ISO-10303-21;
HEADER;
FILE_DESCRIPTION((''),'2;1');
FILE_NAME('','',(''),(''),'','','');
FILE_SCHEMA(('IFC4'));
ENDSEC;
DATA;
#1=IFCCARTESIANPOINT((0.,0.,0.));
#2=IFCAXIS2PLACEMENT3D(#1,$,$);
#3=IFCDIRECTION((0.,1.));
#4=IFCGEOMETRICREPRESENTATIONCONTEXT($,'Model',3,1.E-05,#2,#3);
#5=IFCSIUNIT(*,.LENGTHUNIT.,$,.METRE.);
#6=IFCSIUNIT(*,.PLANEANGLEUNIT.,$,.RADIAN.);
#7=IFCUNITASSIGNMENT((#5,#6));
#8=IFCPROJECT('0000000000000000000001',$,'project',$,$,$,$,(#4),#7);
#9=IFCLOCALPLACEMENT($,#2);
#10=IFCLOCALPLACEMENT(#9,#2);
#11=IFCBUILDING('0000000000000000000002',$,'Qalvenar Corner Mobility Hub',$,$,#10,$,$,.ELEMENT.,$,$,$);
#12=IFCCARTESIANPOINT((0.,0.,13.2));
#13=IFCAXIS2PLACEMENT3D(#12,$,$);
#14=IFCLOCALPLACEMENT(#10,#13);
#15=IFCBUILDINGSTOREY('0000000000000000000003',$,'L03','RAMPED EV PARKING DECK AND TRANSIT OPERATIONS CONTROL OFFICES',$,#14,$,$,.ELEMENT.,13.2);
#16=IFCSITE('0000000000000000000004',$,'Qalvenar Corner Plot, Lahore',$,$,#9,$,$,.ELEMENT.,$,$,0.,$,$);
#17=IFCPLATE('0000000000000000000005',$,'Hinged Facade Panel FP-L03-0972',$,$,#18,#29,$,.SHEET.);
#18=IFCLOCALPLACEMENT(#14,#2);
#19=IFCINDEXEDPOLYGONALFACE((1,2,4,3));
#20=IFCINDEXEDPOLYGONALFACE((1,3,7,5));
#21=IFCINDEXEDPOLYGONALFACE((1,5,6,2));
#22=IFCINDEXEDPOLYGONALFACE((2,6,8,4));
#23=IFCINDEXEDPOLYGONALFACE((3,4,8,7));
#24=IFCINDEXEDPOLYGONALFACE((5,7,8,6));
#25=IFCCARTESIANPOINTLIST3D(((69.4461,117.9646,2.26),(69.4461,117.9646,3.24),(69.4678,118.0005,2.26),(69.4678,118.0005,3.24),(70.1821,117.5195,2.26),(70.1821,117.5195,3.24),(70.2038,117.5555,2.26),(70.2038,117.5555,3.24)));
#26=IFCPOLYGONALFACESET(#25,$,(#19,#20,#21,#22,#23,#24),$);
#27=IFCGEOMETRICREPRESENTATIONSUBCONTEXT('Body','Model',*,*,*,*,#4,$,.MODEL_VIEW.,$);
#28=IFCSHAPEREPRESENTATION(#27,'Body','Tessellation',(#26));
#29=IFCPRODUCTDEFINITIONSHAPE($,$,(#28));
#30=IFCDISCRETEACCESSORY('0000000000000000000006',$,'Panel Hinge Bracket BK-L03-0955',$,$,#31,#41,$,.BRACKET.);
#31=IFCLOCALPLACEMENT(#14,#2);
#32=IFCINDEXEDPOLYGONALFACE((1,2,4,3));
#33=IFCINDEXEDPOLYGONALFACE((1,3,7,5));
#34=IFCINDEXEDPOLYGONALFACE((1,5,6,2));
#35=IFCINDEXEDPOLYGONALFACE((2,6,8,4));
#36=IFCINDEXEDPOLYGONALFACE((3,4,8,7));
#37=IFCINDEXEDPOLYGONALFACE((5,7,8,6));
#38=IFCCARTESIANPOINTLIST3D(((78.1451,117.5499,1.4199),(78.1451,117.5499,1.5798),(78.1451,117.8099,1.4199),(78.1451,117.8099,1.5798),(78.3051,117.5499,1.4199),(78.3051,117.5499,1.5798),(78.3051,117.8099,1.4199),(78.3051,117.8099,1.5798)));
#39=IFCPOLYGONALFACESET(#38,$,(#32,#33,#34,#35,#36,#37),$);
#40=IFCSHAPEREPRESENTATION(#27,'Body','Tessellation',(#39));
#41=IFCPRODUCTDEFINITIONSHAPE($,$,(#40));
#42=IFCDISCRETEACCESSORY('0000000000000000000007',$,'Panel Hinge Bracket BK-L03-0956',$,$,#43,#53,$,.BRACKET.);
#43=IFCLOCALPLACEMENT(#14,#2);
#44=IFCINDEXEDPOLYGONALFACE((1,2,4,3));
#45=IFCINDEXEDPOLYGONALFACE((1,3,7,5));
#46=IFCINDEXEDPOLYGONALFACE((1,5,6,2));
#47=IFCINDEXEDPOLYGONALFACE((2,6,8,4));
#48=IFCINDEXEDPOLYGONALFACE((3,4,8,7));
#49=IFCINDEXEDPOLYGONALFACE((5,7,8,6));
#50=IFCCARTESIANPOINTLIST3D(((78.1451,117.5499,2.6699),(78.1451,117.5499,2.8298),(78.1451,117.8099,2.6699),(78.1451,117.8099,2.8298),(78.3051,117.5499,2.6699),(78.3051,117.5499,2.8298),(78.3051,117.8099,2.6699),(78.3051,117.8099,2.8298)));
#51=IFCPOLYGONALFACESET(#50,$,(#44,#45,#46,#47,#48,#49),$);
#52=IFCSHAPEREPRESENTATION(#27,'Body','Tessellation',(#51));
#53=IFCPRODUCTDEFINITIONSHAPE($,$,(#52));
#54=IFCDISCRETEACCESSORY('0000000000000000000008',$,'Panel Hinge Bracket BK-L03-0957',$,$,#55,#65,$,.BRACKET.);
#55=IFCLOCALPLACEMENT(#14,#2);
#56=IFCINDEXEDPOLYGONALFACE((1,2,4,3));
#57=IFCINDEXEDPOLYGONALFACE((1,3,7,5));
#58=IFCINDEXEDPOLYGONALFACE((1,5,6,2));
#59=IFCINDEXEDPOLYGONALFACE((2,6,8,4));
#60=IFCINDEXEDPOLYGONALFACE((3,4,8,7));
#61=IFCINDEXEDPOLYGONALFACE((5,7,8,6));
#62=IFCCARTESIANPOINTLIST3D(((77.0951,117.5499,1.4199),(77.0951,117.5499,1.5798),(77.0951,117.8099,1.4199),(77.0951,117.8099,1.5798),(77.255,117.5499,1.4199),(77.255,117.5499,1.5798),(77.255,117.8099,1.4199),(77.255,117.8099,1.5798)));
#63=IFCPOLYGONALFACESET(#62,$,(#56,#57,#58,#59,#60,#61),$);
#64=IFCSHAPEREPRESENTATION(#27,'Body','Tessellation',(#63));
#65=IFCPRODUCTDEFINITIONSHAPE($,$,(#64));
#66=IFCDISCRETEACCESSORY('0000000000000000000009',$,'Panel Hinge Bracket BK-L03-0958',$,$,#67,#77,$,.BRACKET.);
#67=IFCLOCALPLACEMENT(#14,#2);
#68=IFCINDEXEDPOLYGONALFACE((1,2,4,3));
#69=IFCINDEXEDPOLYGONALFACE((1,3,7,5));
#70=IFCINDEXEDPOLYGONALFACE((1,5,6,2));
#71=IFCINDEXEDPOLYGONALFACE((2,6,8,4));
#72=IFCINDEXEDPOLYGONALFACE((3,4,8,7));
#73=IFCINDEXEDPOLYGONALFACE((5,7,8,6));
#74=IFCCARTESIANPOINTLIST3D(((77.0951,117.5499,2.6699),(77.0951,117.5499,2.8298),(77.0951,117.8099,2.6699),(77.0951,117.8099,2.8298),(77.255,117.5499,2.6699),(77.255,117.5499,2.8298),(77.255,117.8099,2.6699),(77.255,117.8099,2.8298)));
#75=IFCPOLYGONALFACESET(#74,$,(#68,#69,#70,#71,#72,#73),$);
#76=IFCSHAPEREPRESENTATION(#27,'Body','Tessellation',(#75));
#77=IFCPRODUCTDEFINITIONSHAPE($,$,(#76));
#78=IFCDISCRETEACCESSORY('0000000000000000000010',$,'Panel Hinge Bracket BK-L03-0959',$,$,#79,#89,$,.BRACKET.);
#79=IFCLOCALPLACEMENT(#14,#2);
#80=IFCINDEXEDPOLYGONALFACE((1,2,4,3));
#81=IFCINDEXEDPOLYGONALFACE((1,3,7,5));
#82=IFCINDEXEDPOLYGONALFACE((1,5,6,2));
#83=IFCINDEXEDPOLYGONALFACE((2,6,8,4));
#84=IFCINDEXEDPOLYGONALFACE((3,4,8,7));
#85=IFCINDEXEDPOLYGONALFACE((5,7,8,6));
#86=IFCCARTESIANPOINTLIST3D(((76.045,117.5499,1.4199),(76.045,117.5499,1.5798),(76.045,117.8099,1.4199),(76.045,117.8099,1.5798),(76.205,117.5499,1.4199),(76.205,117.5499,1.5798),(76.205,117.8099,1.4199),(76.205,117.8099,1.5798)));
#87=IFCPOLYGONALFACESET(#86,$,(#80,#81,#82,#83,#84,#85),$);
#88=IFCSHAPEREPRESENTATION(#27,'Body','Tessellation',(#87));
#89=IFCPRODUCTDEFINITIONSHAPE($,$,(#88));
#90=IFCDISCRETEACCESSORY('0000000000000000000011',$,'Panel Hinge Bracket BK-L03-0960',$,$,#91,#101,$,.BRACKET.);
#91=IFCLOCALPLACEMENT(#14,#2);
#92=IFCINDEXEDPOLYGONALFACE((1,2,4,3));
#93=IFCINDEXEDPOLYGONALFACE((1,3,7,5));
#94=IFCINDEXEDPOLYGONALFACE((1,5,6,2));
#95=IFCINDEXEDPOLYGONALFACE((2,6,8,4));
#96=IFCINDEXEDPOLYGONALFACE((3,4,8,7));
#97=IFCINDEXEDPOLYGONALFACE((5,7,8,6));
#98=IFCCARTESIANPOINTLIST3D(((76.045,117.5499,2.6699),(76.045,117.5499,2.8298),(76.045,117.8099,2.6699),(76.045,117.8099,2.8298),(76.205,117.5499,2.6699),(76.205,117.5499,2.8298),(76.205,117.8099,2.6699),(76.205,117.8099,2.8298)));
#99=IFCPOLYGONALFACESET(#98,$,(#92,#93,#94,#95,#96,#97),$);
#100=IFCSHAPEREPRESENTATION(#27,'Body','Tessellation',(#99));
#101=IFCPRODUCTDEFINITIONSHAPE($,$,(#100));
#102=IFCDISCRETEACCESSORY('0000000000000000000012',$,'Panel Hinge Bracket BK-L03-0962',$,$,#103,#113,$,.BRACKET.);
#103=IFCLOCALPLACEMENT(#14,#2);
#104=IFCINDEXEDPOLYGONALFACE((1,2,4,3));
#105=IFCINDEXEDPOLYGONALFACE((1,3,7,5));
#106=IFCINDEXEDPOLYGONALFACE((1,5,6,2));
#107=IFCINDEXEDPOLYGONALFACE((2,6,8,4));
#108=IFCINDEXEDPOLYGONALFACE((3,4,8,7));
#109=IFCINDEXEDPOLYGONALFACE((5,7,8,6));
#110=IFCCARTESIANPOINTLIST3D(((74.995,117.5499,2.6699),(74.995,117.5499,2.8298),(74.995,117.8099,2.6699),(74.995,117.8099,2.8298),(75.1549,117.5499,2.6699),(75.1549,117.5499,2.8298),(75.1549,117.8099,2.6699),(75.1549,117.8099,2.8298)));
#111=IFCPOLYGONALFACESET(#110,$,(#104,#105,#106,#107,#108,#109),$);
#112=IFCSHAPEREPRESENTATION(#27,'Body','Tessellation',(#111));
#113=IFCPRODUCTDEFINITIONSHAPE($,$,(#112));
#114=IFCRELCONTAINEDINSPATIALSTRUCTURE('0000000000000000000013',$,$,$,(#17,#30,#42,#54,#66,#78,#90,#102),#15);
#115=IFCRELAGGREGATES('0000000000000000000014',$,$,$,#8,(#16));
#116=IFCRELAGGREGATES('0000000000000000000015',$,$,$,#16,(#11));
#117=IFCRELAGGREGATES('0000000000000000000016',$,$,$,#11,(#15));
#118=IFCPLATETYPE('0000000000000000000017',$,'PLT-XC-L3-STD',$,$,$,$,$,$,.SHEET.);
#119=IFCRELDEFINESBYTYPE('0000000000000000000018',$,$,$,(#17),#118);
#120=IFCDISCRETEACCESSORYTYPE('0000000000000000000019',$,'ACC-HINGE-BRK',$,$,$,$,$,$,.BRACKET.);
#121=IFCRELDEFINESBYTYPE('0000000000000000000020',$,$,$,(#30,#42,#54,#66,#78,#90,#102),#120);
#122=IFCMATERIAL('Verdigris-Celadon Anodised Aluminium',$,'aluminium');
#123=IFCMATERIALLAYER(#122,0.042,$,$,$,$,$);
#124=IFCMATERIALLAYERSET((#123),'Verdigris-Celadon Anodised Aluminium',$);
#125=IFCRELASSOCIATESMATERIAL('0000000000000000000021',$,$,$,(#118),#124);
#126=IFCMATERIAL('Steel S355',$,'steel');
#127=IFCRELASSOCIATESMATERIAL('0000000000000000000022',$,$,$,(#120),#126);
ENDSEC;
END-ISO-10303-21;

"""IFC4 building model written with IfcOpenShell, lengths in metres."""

from ifc_helpers import new_model, si_unit, direction, frame, origin, origin_2d, place, context, subcontext, project, spatial, rectangle, extrude, material, layer, layer_set, type_object, element, save


model = new_model("IFC4")

# Units and contexts
model_context = context("Model", 3, precision=1e-05, world=origin(), true_north=direction((0.0, 1.0)))
body_context = subcontext(model_context, "Body", "Model", "MODEL_VIEW")
ifc_project = project(units=[si_unit("LENGTHUNIT", "METRE"), si_unit("PLANEANGLEUNIT", "RADIAN")], contexts=[model_context])

# Site, building, storey
site_placement = place(None, origin())
site = spatial("IfcSite", under=ifc_project, at=site_placement, Name="Qalvenar Corner Plot, Lahore", CompositionType="ELEMENT", RefElevation=0.0)
building_placement = place(site_placement, origin())
building = spatial("IfcBuilding", under=site, at=building_placement, Name="Qalvenar Corner Mobility Hub", CompositionType="ELEMENT")
storey_placement = place(building_placement, frame((0.0, 0.0, 13.2)))
storey = spatial("IfcBuildingStorey", under=building, at=storey_placement, Name="L03", Description="RAMPED EV PARKING DECK AND TRANSIT OPERATIONS CONTROL OFFICES", CompositionType="ELEMENT", Elevation=13.2)

# Plate
ifc_material_1 = material(Name="Verdigris-Celadon Anodised Aluminium", Category="aluminium")
ifc_layer_1 = layer(ifc_material_1, 0.042)
ifc_layer_set_1 = layer_set([ifc_layer_1], Name="Verdigris-Celadon Anodised Aluminium")
plate_type_1 = type_object("IfcPlateType", Name="PLT-XC-L3-STD", PredefinedType="SHEET", material=ifc_layer_set_1)
for number, where, z_axis, x_axis, name in (
    (1, (69.825, 117.76, 2.26), (0.0, 0.0, 1.0), (-0.855726, 0.51743, 0.0), "Hinged Facade Panel FP-L03-0972"),
):
    element("IfcPlate", number, at=place(storey_placement, frame(where, z_axis=z_axis, x_axis=x_axis)), inside=storey, type_object=plate_type_1, Name=name, PredefinedType="SHEET", context=body_context, shape_type="SweptSolid", body=[
        extrude(rectangle(XDim=0.8601, YDim=0.042, at=origin_2d()), origin(), (0.0, 0.0, 1.0), 0.98),
    ])

# Discrete accessories
ifc_material_2 = material(Name="Steel S355", Category="steel")
discrete_accessory_type = type_object("IfcDiscreteAccessoryType", Name="ACC-HINGE-BRK", PredefinedType="BRACKET", material=ifc_material_2)
for number, where, z_axis, x_axis, name in (
    (2, (78.2251, 117.6799, 1.4199), (0.0, 0.0, 1.0), (-1.0, 0.0, 0.0), "Panel Hinge Bracket BK-L03-0955"),
    (3, (78.2251, 117.6799, 2.6699), (0.0, 0.0, 1.0), (-1.0, 0.0, 0.0), "Panel Hinge Bracket BK-L03-0956"),
    (4, (77.175, 117.6799, 1.4199), (0.0, 0.0, 1.0), (-1.0, 0.0, 0.0), "Panel Hinge Bracket BK-L03-0957"),
    (5, (77.175, 117.6799, 2.6699), (0.0, 0.0, 1.0), (-1.0, 0.0, 0.0), "Panel Hinge Bracket BK-L03-0958"),
    (6, (76.125, 117.6799, 1.4199), (0.0, 0.0, 1.0), (-1.0, 0.0, 0.0), "Panel Hinge Bracket BK-L03-0959"),
    (7, (76.125, 117.6799, 2.6699), (0.0, 0.0, 1.0), (-1.0, 0.0, 0.0), "Panel Hinge Bracket BK-L03-0960"),
    (8, (75.075, 117.6799, 2.6699), (0.0, 0.0, 1.0), (-1.0, 0.0, 0.0), "Panel Hinge Bracket BK-L03-0962"),
):
    element("IfcDiscreteAccessory", number, at=place(storey_placement, frame(where, z_axis=z_axis, x_axis=x_axis)), inside=storey, type_object=discrete_accessory_type, Name=name, PredefinedType="BRACKET", context=body_context, shape_type="SweptSolid", body=[
        extrude(rectangle(XDim=0.1599, YDim=0.26, at=origin_2d()), origin(), (0.0, 0.0, 1.0), 0.1599),
    ])

save(model, "model.ifc")
